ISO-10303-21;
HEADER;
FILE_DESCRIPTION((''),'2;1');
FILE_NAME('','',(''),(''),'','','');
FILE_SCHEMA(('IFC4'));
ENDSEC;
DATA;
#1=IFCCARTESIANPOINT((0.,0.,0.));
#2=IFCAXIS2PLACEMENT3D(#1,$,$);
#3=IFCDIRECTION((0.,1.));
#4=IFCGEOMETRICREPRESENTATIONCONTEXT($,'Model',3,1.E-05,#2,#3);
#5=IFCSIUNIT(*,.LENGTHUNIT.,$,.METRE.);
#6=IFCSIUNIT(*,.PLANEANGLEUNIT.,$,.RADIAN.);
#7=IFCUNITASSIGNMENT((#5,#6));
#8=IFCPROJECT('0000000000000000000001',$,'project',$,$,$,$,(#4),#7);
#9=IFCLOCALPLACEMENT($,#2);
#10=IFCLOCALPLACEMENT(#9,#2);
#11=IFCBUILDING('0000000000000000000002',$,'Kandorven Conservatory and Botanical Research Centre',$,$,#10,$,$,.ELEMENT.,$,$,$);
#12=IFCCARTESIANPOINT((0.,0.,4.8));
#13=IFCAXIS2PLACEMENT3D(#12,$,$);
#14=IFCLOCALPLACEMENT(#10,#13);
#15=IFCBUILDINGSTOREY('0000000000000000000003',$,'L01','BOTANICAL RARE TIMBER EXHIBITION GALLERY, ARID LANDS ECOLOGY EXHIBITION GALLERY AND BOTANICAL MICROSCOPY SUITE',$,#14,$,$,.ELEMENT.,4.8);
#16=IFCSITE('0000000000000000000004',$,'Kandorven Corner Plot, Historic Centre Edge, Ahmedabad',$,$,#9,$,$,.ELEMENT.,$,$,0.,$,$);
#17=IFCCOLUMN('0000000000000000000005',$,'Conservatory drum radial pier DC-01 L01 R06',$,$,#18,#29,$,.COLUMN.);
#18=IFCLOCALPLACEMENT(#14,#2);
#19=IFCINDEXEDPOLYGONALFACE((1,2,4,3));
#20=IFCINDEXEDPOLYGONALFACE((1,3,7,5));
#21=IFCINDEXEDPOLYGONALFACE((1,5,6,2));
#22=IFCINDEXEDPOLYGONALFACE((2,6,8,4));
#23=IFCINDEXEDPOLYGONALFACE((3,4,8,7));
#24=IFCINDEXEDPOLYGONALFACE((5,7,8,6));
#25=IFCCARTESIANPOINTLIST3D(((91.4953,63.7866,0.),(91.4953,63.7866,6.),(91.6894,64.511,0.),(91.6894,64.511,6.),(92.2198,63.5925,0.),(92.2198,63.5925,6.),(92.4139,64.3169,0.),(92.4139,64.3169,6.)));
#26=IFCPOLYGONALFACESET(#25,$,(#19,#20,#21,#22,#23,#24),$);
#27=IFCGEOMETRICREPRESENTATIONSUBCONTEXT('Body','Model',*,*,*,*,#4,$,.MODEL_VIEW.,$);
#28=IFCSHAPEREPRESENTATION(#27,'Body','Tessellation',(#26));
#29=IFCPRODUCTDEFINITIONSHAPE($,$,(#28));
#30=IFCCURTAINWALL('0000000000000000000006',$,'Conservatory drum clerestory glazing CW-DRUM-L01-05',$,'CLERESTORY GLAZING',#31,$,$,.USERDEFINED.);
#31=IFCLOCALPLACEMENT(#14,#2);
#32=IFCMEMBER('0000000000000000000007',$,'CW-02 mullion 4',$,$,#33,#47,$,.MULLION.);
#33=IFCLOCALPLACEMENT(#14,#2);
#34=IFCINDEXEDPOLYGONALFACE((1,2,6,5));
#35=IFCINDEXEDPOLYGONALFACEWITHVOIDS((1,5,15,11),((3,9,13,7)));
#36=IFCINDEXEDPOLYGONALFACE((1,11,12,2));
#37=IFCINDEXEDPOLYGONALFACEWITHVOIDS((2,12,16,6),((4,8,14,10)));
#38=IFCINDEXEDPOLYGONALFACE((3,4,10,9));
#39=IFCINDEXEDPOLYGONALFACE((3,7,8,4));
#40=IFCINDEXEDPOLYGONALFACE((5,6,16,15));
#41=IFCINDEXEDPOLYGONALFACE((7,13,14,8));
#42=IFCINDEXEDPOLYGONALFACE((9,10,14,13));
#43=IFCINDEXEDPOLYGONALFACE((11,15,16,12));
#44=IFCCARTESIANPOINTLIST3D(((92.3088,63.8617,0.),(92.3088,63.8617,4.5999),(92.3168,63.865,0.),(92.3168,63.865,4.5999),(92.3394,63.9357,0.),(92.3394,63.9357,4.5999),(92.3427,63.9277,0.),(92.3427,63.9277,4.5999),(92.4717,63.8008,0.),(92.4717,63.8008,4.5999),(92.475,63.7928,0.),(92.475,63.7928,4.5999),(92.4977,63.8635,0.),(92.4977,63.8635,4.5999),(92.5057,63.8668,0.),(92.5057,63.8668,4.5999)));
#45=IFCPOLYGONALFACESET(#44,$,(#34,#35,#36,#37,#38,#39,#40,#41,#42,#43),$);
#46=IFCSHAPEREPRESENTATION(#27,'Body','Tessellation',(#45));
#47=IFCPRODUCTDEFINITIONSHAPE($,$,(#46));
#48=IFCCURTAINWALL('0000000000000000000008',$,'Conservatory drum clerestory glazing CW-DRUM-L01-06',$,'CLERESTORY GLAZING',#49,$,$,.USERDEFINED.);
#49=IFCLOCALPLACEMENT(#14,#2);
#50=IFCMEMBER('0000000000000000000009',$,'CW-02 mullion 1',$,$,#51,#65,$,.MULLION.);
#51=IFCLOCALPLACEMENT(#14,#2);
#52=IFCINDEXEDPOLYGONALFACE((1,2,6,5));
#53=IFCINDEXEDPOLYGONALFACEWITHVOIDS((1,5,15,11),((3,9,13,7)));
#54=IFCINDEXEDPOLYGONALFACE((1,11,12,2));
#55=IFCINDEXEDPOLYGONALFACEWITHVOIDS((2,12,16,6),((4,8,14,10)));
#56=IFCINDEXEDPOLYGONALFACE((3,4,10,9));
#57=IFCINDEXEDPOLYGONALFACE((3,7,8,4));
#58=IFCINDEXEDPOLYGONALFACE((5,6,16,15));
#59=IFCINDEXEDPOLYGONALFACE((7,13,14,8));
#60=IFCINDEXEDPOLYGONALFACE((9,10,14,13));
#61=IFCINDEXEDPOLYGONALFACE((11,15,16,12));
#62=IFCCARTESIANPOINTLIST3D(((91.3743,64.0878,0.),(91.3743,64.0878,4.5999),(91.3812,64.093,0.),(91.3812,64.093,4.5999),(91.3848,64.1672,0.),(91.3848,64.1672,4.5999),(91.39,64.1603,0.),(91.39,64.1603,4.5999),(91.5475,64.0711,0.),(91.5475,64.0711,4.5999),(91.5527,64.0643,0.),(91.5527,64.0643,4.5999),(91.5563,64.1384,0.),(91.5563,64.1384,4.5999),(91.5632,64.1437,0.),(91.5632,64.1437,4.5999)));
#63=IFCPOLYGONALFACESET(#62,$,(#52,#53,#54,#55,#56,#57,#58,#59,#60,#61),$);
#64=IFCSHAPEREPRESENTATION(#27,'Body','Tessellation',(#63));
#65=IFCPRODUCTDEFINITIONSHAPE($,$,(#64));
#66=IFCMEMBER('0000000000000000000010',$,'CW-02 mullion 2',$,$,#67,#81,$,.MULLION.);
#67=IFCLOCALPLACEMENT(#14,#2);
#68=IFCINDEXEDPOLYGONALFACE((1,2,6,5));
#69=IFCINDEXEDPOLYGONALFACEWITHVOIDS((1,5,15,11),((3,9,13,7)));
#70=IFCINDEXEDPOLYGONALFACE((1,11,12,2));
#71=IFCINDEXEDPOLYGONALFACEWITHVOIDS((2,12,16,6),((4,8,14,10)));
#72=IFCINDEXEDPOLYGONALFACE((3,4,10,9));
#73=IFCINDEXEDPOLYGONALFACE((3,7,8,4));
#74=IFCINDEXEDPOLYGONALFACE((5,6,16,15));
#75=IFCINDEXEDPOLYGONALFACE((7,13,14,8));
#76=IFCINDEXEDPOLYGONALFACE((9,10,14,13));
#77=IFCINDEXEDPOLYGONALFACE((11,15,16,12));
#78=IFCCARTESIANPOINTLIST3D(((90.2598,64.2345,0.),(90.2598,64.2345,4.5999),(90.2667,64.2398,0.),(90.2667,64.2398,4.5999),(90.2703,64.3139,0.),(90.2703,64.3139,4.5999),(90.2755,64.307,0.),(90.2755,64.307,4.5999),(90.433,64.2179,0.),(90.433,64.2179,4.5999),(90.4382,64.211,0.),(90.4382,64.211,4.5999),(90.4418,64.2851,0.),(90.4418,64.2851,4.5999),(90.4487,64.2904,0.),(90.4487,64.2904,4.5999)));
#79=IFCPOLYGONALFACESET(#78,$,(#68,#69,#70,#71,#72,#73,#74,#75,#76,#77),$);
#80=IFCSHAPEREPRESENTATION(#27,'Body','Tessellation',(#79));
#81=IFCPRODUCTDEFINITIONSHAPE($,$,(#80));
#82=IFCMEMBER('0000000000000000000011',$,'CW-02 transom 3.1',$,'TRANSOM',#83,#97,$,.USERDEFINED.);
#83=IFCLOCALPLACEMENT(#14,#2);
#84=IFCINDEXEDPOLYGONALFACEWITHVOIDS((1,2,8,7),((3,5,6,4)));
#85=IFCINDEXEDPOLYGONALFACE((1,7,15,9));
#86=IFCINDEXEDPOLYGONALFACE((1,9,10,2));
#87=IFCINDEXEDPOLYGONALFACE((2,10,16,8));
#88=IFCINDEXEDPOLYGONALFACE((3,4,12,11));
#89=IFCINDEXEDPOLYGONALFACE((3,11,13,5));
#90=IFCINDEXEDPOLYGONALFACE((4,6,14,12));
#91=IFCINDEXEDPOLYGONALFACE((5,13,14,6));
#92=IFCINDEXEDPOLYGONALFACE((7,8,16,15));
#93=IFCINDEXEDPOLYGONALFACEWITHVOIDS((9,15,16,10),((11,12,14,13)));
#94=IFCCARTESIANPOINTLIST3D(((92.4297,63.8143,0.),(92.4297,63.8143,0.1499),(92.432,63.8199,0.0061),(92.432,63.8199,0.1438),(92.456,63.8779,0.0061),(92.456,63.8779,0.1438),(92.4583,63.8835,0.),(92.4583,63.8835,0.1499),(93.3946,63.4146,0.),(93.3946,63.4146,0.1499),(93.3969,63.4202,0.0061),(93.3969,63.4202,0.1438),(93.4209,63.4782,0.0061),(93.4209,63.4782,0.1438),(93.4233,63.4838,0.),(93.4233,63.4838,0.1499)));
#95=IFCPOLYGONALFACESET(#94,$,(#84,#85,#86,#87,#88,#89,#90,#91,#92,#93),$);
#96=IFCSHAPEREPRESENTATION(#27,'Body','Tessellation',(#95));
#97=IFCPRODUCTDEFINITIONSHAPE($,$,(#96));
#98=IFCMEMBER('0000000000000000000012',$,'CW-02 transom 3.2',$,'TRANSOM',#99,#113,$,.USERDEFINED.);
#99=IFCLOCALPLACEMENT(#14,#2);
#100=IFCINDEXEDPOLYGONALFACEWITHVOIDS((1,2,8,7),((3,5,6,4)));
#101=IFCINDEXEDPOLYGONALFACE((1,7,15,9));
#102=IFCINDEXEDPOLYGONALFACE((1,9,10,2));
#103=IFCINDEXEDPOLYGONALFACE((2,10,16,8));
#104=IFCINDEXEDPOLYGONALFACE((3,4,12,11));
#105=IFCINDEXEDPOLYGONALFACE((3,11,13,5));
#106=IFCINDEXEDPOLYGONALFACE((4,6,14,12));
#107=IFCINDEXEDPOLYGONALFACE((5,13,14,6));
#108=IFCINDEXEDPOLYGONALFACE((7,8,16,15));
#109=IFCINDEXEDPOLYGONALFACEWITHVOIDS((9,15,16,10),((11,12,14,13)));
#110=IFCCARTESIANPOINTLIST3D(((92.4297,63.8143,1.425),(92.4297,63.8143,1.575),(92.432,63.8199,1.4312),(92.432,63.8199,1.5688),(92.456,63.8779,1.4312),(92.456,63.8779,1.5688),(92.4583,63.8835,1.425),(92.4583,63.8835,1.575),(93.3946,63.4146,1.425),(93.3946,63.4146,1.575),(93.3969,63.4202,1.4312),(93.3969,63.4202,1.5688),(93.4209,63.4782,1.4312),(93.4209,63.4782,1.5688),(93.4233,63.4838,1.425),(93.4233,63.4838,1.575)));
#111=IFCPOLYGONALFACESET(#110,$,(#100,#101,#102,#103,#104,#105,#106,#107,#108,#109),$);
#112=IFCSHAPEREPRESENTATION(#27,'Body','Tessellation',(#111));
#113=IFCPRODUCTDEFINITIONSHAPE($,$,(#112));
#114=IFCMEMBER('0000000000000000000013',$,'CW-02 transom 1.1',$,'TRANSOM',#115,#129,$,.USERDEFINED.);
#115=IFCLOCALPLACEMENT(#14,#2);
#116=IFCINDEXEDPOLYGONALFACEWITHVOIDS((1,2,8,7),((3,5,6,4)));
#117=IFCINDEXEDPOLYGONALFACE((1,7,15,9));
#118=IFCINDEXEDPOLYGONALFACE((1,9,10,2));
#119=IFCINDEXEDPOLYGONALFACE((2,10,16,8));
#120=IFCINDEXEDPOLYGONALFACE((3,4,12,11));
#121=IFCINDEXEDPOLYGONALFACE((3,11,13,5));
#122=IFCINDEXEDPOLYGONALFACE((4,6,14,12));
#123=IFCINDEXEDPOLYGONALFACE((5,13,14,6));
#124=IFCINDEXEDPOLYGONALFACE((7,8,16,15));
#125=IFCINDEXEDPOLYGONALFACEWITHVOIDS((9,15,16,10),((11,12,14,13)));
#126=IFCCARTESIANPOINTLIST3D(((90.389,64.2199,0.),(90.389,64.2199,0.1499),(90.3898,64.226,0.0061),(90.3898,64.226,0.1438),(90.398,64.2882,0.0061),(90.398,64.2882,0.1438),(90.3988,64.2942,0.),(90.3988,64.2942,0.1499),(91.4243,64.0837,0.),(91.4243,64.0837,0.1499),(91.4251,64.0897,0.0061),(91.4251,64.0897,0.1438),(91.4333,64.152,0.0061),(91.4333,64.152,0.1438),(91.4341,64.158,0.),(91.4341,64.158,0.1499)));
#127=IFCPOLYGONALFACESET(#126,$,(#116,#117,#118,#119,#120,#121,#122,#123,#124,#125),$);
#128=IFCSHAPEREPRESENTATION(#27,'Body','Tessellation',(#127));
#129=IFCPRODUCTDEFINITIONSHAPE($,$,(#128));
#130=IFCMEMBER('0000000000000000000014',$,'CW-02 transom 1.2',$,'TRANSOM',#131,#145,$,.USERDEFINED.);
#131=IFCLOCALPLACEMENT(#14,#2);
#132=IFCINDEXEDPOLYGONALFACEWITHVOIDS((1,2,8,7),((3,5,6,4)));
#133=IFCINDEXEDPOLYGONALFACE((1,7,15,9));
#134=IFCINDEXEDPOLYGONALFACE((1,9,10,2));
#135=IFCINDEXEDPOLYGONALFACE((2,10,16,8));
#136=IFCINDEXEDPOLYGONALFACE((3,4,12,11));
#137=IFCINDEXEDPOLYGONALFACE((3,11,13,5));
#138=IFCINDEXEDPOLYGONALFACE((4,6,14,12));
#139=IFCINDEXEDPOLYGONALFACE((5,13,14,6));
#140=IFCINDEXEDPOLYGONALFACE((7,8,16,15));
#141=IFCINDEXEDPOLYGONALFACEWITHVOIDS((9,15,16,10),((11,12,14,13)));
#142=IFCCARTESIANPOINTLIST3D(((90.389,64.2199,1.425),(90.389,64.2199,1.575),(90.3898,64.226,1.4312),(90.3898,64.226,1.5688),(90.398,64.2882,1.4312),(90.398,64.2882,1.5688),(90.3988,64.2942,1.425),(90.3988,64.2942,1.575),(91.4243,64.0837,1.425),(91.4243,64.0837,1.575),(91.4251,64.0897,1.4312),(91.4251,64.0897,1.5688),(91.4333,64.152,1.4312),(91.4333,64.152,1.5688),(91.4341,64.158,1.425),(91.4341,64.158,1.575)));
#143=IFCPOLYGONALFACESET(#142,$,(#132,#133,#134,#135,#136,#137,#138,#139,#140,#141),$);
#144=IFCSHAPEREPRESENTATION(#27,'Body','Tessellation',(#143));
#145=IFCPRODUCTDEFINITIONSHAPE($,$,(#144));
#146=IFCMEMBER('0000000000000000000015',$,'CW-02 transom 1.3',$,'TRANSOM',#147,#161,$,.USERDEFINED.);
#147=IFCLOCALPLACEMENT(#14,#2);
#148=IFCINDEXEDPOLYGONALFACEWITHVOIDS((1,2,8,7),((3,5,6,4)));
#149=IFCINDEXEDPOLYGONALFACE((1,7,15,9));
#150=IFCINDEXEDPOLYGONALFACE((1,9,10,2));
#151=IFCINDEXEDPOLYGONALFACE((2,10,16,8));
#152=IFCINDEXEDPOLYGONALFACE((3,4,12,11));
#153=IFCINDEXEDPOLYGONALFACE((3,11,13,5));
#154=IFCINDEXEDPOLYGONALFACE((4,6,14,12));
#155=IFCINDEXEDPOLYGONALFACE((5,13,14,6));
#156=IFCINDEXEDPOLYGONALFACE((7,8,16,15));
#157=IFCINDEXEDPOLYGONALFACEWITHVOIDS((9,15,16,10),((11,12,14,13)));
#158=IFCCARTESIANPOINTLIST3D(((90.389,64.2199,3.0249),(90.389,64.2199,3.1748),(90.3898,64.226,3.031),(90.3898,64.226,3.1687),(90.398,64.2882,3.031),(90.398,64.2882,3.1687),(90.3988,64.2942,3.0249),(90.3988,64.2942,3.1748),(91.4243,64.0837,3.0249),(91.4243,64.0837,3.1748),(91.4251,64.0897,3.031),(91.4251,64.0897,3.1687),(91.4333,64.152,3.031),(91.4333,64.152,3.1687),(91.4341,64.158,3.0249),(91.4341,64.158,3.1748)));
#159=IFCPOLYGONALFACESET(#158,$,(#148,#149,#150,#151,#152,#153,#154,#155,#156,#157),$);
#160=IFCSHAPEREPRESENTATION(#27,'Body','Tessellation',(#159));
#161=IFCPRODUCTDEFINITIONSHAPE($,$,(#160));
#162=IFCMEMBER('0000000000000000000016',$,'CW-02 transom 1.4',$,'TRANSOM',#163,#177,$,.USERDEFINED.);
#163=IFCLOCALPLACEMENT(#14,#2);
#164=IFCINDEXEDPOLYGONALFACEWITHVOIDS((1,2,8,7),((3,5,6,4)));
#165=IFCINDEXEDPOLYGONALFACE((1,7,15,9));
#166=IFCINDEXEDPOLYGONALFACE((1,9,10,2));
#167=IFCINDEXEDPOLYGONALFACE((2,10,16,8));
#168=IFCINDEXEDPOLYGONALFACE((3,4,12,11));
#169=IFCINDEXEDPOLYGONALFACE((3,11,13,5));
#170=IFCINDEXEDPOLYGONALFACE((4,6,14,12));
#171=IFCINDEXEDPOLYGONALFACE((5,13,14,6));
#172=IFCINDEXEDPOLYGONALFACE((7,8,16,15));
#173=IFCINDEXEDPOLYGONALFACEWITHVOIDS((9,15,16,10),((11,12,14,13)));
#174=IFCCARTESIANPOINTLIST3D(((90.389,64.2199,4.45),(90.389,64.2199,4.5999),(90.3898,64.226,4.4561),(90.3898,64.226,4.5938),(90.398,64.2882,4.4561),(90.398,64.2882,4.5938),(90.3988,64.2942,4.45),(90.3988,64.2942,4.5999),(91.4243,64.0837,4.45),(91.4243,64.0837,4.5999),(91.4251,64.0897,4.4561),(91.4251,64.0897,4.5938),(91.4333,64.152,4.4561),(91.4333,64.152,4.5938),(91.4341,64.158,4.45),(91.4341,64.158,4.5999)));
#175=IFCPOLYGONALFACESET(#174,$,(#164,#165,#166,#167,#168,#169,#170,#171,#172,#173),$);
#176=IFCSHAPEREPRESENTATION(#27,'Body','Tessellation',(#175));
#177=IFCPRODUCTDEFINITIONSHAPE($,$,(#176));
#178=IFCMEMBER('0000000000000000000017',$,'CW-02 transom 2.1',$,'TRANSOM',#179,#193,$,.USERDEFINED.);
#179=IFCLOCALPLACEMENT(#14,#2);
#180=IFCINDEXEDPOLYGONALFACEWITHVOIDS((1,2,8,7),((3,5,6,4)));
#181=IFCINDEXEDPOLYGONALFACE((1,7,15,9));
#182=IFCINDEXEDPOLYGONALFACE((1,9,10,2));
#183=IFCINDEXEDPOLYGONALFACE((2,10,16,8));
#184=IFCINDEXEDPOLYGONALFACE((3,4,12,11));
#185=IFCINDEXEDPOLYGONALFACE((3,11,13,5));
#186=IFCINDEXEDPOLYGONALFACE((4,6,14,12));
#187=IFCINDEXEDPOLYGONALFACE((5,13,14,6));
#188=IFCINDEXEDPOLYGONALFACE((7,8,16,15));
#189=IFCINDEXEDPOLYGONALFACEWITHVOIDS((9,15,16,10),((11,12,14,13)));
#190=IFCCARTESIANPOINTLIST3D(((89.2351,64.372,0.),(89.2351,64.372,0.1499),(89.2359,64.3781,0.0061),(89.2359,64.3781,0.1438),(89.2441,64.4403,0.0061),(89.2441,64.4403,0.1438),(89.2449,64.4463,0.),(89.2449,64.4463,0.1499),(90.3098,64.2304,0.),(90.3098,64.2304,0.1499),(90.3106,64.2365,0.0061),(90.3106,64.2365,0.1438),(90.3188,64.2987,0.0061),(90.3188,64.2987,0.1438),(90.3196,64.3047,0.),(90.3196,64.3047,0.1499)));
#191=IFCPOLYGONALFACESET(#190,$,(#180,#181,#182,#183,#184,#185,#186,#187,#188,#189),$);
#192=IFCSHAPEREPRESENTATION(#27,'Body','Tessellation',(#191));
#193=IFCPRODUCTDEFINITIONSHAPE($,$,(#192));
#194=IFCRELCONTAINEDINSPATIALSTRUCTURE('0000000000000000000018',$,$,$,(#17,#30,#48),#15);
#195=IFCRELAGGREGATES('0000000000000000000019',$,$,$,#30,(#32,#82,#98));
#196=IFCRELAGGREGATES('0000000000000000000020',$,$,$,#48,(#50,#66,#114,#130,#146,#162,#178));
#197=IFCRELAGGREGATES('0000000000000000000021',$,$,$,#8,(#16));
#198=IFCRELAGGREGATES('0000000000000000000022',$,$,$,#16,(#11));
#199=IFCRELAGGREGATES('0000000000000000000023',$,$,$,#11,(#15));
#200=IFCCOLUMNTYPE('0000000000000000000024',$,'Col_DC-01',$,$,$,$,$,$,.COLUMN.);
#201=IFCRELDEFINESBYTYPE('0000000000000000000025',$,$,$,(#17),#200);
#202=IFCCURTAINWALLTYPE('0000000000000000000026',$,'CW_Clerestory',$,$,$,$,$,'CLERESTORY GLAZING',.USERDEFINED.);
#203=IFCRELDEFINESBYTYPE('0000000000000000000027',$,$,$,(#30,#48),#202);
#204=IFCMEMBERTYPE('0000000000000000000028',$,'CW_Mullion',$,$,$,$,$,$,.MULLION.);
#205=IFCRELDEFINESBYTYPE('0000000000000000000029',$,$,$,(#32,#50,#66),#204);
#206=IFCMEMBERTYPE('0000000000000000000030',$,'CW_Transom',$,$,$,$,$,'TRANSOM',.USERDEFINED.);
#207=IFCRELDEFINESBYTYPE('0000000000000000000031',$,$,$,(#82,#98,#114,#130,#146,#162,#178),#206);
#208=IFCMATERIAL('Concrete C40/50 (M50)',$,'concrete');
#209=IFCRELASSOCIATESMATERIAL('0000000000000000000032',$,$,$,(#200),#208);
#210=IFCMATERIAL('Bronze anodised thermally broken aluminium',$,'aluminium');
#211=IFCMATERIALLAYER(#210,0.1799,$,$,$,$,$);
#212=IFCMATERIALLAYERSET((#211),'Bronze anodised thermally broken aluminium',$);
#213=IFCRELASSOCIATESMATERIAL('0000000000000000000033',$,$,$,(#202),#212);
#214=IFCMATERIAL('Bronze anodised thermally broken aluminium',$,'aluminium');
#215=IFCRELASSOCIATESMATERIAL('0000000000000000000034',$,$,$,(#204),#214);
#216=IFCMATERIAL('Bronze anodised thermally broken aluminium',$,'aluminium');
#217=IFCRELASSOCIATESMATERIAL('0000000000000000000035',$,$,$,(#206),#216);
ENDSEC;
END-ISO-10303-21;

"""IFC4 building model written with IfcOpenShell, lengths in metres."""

from ifc_helpers import new_model, si_unit, direction, frame, origin, origin_2d, place, context, subcontext, project, spatial, rectangle, hollow_rectangle, extrude, material, layer, layer_set, material_profile, profile_set, type_object, element, aggregate, save


model = new_model("IFC4")

# Units and contexts
model_context = context("Model", 3, precision=1e-05, world=origin(), true_north=direction((0.0, 1.0)))
body_context = subcontext(model_context, "Body", "Model", "MODEL_VIEW")
ifc_project = project(units=[si_unit("LENGTHUNIT", "METRE"), si_unit("PLANEANGLEUNIT", "RADIAN")], contexts=[model_context])

# Site, building, storey
site_placement = place(None, origin())
site = spatial("IfcSite", under=ifc_project, at=site_placement, Name="Kandorven Corner Plot, Historic Centre Edge, Ahmedabad", CompositionType="ELEMENT", RefElevation=0.0)
building_placement = place(site_placement, origin())
building = spatial("IfcBuilding", under=site, at=building_placement, Name="Kandorven Conservatory and Botanical Research Centre", CompositionType="ELEMENT")
storey_placement = place(building_placement, frame((0.0, 0.0, 4.8)))
storey = spatial("IfcBuildingStorey", under=building, at=storey_placement, Name="L01", Description="BOTANICAL RARE TIMBER EXHIBITION GALLERY, ARID LANDS ECOLOGY EXHIBITION GALLERY AND BOTANICAL MICROSCOPY SUITE", CompositionType="ELEMENT", Elevation=4.8)

# Column
ifc_material_1 = material(Name="Concrete C40/50 (M50)", Category="concrete")
ifc_material_profile_1 = material_profile(ifc_material_1, rectangle(XDim=0.75, YDim=0.75, at=origin_2d()))
ifc_profile_set_1 = profile_set([ifc_material_profile_1], Name="Concrete C40/50 (M50)")
column_type = type_object("IfcColumnType", Name="Col_DC-01", PredefinedType="COLUMN", material=ifc_profile_set_1)
column_placement = place(storey_placement, frame((91.9546, 64.0518, 0.0), z_axis=(0.0, 0.0, 1.0), x_axis=(0.258819, 0.965926, 0.0)))
element("IfcColumn", 1, at=column_placement, inside=storey, type_object=column_type, Name="Conservatory drum radial pier DC-01 L01 R06", PredefinedType="COLUMN", context=body_context, shape_type="SweptSolid", body=[
    extrude(rectangle(XDim=0.75, YDim=0.75, at=origin_2d()), origin(), (0.0, 0.0, 1.0), 6.0),
])

# Curtain wall, member
ifc_material_2 = material(Name="Bronze anodised thermally broken aluminium", Category="aluminium")
ifc_layer_1 = layer(ifc_material_2, 0.1799)
ifc_layer_set_1 = layer_set([ifc_layer_1], Name="Bronze anodised thermally broken aluminium")
curtain_wall_type = type_object("IfcCurtainWallType", Name="CW_Clerestory", ElementType="CLERESTORY GLAZING", PredefinedType="USERDEFINED", material=ifc_layer_set_1)
curtain_wall_1_placement = place(storey_placement, origin())
curtain_wall_1 = element("IfcCurtainWall", 2, at=curtain_wall_1_placement, inside=storey, type_object=curtain_wall_type, Name="Conservatory drum clerestory glazing CW-DRUM-L01-05", ObjectType="CLERESTORY GLAZING", PredefinedType="USERDEFINED")
ifc_material_3 = material(Name="Bronze anodised thermally broken aluminium", Category="aluminium")
ifc_material_profile_2 = material_profile(ifc_material_3, hollow_rectangle(XDim=0.0801, YDim=0.1799, WallThickness=0.0061, at=origin_2d()))
ifc_profile_set_2 = profile_set([ifc_material_profile_2], Name="Bronze anodised thermally broken aluminium")
member_type_1 = type_object("IfcMemberType", Name="CW_Mullion", PredefinedType="MULLION", material=ifc_profile_set_2)
member_1_placement = place(storey_placement, frame((92.4072, 63.8643, 0.0), z_axis=(0.0, 0.0, 1.0), x_axis=(-0.382669, -0.923886, 0.0)))
member_1 = element("IfcMember", 3, at=member_1_placement, type_object=member_type_1, Name="CW-02 mullion 4", PredefinedType="MULLION", context=body_context, shape_type="SweptSolid", body=[
    extrude(hollow_rectangle(XDim=0.0801, YDim=0.1799, WallThickness=0.0061, at=origin_2d()), origin(), (0.0, 0.0, 1.0), 4.5999),
])

# Curtain wall, members
curtain_wall_2_placement = place(storey_placement, origin())
curtain_wall_2 = element("IfcCurtainWall", 4, at=curtain_wall_2_placement, inside=storey, type_object=curtain_wall_type, Name="Conservatory drum clerestory glazing CW-DRUM-L01-06", ObjectType="CLERESTORY GLAZING", PredefinedType="USERDEFINED")
member_2_placement = place(storey_placement, frame((91.4688, 64.1157, 0.0), z_axis=(0.0, 0.0, 1.0), x_axis=(-0.130552, -0.991441, 0.0)))
member_2 = element("IfcMember", 5, at=member_2_placement, type_object=member_type_1, Name="CW-02 mullion 1", PredefinedType="MULLION", context=body_context, shape_type="SweptSolid", body=[
    extrude(hollow_rectangle(XDim=0.0801, YDim=0.1799, WallThickness=0.0061, at=origin_2d()), origin(), (0.0, 0.0, 1.0), 4.5999),
])
member_3_placement = place(storey_placement, frame((90.3542, 64.2625, 0.0), z_axis=(0.0, 0.0, 1.0), x_axis=(-0.130552, -0.991441, 0.0)))
member_3 = element("IfcMember", 6, at=member_3_placement, type_object=member_type_1, Name="CW-02 mullion 2", PredefinedType="MULLION", context=body_context, shape_type="SweptSolid", body=[
    extrude(hollow_rectangle(XDim=0.0801, YDim=0.1799, WallThickness=0.0061, at=origin_2d()), origin(), (0.0, 0.0, 1.0), 4.5999),
])

# Members
ifc_material_4 = material(Name="Bronze anodised thermally broken aluminium", Category="aluminium")
ifc_material_profile_3 = material_profile(ifc_material_4, hollow_rectangle(XDim=0.075, YDim=0.1499, WallThickness=0.0061, at=origin_2d()))
ifc_profile_set_3 = profile_set([ifc_material_profile_3], Name="Bronze anodised thermally broken aluminium")
member_type_2 = type_object("IfcMemberType", Name="CW_Transom", ElementType="TRANSOM", PredefinedType="USERDEFINED", material=ifc_profile_set_3)
member_4_placement = place(storey_placement, frame((93.4089, 63.4492, 0.075), z_axis=(-0.923877, 0.382689, 0.0), x_axis=(-0.382689, -0.923877, 0.0)))
member_4 = element("IfcMember", 7, at=member_4_placement, type_object=member_type_2, Name="CW-02 transom 3.1", ObjectType="TRANSOM", PredefinedType="USERDEFINED", context=body_context, shape_type="SweptSolid", body=[
    extrude(hollow_rectangle(XDim=0.075, YDim=0.1499, WallThickness=0.0061, at=origin_2d()), origin(), (0.0, 0.0, 1.0), 1.0444),
])
member_5_placement = place(storey_placement, frame((93.4089, 63.4492, 1.5), z_axis=(-0.923877, 0.382689, 0.0), x_axis=(-0.382689, -0.923877, 0.0)))
member_5 = element("IfcMember", 8, at=member_5_placement, type_object=member_type_2, Name="CW-02 transom 3.2", ObjectType="TRANSOM", PredefinedType="USERDEFINED", context=body_context, shape_type="SweptSolid", body=[
    extrude(hollow_rectangle(XDim=0.075, YDim=0.1499, WallThickness=0.0061, at=origin_2d()), origin(), (0.0, 0.0, 1.0), 1.0444),
])
member_6_placement = place(storey_placement, frame((91.4292, 64.1208, 0.075), z_axis=(-0.991451, 0.130479, 0.0), x_axis=(-0.130479, -0.991451, 0.0)))
member_6 = element("IfcMember", 9, at=member_6_placement, type_object=member_type_2, Name="CW-02 transom 1.1", ObjectType="TRANSOM", PredefinedType="USERDEFINED", context=body_context, shape_type="SweptSolid", body=[
    extrude(hollow_rectangle(XDim=0.075, YDim=0.1499, WallThickness=0.0061, at=origin_2d()), origin(), (0.0, 0.0, 1.0), 1.0442),
])
member_7_placement = place(storey_placement, frame((91.4292, 64.1208, 1.5), z_axis=(-0.991451, 0.130479, 0.0), x_axis=(-0.130479, -0.991451, 0.0)))
member_7 = element("IfcMember", 10, at=member_7_placement, type_object=member_type_2, Name="CW-02 transom 1.2", ObjectType="TRANSOM", PredefinedType="USERDEFINED", context=body_context, shape_type="SweptSolid", body=[
    extrude(hollow_rectangle(XDim=0.075, YDim=0.1499, WallThickness=0.0061, at=origin_2d()), origin(), (0.0, 0.0, 1.0), 1.0442),
])
member_8_placement = place(storey_placement, frame((91.4292, 64.1208, 3.0999), z_axis=(-0.991451, 0.130479, 0.0), x_axis=(-0.130479, -0.991451, 0.0)))
member_8 = element("IfcMember", 11, at=member_8_placement, type_object=member_type_2, Name="CW-02 transom 1.3", ObjectType="TRANSOM", PredefinedType="USERDEFINED", context=body_context, shape_type="SweptSolid", body=[
    extrude(hollow_rectangle(XDim=0.075, YDim=0.1499, WallThickness=0.0061, at=origin_2d()), origin(), (0.0, 0.0, 1.0), 1.0442),
])
member_9_placement = place(storey_placement, frame((91.4292, 64.1208, 4.5249), z_axis=(-0.991451, 0.130479, 0.0), x_axis=(-0.130479, -0.991451, 0.0)))
member_9 = element("IfcMember", 12, at=member_9_placement, type_object=member_type_2, Name="CW-02 transom 1.4", ObjectType="TRANSOM", PredefinedType="USERDEFINED", context=body_context, shape_type="SweptSolid", body=[
    extrude(hollow_rectangle(XDim=0.075, YDim=0.1499, WallThickness=0.0061, at=origin_2d()), origin(), (0.0, 0.0, 1.0), 1.0442),
])
member_10_placement = place(storey_placement, frame((90.3147, 64.2676, 0.075), z_axis=(-0.991431, 0.130629, 0.0), x_axis=(-0.130629, -0.991431, 0.0)))
member_10 = element("IfcMember", 13, at=member_10_placement, type_object=member_type_2, Name="CW-02 transom 2.1", ObjectType="TRANSOM", PredefinedType="USERDEFINED", context=body_context, shape_type="SweptSolid", body=[
    extrude(hollow_rectangle(XDim=0.075, YDim=0.1499, WallThickness=0.0061, at=origin_2d()), origin(), (0.0, 0.0, 1.0), 1.084),
])

aggregate(curtain_wall_1, [member_1, member_4, member_5])
aggregate(curtain_wall_2, [member_2, member_3, member_6, member_7, member_8, member_9, member_10])

save(model, "model.ifc")
